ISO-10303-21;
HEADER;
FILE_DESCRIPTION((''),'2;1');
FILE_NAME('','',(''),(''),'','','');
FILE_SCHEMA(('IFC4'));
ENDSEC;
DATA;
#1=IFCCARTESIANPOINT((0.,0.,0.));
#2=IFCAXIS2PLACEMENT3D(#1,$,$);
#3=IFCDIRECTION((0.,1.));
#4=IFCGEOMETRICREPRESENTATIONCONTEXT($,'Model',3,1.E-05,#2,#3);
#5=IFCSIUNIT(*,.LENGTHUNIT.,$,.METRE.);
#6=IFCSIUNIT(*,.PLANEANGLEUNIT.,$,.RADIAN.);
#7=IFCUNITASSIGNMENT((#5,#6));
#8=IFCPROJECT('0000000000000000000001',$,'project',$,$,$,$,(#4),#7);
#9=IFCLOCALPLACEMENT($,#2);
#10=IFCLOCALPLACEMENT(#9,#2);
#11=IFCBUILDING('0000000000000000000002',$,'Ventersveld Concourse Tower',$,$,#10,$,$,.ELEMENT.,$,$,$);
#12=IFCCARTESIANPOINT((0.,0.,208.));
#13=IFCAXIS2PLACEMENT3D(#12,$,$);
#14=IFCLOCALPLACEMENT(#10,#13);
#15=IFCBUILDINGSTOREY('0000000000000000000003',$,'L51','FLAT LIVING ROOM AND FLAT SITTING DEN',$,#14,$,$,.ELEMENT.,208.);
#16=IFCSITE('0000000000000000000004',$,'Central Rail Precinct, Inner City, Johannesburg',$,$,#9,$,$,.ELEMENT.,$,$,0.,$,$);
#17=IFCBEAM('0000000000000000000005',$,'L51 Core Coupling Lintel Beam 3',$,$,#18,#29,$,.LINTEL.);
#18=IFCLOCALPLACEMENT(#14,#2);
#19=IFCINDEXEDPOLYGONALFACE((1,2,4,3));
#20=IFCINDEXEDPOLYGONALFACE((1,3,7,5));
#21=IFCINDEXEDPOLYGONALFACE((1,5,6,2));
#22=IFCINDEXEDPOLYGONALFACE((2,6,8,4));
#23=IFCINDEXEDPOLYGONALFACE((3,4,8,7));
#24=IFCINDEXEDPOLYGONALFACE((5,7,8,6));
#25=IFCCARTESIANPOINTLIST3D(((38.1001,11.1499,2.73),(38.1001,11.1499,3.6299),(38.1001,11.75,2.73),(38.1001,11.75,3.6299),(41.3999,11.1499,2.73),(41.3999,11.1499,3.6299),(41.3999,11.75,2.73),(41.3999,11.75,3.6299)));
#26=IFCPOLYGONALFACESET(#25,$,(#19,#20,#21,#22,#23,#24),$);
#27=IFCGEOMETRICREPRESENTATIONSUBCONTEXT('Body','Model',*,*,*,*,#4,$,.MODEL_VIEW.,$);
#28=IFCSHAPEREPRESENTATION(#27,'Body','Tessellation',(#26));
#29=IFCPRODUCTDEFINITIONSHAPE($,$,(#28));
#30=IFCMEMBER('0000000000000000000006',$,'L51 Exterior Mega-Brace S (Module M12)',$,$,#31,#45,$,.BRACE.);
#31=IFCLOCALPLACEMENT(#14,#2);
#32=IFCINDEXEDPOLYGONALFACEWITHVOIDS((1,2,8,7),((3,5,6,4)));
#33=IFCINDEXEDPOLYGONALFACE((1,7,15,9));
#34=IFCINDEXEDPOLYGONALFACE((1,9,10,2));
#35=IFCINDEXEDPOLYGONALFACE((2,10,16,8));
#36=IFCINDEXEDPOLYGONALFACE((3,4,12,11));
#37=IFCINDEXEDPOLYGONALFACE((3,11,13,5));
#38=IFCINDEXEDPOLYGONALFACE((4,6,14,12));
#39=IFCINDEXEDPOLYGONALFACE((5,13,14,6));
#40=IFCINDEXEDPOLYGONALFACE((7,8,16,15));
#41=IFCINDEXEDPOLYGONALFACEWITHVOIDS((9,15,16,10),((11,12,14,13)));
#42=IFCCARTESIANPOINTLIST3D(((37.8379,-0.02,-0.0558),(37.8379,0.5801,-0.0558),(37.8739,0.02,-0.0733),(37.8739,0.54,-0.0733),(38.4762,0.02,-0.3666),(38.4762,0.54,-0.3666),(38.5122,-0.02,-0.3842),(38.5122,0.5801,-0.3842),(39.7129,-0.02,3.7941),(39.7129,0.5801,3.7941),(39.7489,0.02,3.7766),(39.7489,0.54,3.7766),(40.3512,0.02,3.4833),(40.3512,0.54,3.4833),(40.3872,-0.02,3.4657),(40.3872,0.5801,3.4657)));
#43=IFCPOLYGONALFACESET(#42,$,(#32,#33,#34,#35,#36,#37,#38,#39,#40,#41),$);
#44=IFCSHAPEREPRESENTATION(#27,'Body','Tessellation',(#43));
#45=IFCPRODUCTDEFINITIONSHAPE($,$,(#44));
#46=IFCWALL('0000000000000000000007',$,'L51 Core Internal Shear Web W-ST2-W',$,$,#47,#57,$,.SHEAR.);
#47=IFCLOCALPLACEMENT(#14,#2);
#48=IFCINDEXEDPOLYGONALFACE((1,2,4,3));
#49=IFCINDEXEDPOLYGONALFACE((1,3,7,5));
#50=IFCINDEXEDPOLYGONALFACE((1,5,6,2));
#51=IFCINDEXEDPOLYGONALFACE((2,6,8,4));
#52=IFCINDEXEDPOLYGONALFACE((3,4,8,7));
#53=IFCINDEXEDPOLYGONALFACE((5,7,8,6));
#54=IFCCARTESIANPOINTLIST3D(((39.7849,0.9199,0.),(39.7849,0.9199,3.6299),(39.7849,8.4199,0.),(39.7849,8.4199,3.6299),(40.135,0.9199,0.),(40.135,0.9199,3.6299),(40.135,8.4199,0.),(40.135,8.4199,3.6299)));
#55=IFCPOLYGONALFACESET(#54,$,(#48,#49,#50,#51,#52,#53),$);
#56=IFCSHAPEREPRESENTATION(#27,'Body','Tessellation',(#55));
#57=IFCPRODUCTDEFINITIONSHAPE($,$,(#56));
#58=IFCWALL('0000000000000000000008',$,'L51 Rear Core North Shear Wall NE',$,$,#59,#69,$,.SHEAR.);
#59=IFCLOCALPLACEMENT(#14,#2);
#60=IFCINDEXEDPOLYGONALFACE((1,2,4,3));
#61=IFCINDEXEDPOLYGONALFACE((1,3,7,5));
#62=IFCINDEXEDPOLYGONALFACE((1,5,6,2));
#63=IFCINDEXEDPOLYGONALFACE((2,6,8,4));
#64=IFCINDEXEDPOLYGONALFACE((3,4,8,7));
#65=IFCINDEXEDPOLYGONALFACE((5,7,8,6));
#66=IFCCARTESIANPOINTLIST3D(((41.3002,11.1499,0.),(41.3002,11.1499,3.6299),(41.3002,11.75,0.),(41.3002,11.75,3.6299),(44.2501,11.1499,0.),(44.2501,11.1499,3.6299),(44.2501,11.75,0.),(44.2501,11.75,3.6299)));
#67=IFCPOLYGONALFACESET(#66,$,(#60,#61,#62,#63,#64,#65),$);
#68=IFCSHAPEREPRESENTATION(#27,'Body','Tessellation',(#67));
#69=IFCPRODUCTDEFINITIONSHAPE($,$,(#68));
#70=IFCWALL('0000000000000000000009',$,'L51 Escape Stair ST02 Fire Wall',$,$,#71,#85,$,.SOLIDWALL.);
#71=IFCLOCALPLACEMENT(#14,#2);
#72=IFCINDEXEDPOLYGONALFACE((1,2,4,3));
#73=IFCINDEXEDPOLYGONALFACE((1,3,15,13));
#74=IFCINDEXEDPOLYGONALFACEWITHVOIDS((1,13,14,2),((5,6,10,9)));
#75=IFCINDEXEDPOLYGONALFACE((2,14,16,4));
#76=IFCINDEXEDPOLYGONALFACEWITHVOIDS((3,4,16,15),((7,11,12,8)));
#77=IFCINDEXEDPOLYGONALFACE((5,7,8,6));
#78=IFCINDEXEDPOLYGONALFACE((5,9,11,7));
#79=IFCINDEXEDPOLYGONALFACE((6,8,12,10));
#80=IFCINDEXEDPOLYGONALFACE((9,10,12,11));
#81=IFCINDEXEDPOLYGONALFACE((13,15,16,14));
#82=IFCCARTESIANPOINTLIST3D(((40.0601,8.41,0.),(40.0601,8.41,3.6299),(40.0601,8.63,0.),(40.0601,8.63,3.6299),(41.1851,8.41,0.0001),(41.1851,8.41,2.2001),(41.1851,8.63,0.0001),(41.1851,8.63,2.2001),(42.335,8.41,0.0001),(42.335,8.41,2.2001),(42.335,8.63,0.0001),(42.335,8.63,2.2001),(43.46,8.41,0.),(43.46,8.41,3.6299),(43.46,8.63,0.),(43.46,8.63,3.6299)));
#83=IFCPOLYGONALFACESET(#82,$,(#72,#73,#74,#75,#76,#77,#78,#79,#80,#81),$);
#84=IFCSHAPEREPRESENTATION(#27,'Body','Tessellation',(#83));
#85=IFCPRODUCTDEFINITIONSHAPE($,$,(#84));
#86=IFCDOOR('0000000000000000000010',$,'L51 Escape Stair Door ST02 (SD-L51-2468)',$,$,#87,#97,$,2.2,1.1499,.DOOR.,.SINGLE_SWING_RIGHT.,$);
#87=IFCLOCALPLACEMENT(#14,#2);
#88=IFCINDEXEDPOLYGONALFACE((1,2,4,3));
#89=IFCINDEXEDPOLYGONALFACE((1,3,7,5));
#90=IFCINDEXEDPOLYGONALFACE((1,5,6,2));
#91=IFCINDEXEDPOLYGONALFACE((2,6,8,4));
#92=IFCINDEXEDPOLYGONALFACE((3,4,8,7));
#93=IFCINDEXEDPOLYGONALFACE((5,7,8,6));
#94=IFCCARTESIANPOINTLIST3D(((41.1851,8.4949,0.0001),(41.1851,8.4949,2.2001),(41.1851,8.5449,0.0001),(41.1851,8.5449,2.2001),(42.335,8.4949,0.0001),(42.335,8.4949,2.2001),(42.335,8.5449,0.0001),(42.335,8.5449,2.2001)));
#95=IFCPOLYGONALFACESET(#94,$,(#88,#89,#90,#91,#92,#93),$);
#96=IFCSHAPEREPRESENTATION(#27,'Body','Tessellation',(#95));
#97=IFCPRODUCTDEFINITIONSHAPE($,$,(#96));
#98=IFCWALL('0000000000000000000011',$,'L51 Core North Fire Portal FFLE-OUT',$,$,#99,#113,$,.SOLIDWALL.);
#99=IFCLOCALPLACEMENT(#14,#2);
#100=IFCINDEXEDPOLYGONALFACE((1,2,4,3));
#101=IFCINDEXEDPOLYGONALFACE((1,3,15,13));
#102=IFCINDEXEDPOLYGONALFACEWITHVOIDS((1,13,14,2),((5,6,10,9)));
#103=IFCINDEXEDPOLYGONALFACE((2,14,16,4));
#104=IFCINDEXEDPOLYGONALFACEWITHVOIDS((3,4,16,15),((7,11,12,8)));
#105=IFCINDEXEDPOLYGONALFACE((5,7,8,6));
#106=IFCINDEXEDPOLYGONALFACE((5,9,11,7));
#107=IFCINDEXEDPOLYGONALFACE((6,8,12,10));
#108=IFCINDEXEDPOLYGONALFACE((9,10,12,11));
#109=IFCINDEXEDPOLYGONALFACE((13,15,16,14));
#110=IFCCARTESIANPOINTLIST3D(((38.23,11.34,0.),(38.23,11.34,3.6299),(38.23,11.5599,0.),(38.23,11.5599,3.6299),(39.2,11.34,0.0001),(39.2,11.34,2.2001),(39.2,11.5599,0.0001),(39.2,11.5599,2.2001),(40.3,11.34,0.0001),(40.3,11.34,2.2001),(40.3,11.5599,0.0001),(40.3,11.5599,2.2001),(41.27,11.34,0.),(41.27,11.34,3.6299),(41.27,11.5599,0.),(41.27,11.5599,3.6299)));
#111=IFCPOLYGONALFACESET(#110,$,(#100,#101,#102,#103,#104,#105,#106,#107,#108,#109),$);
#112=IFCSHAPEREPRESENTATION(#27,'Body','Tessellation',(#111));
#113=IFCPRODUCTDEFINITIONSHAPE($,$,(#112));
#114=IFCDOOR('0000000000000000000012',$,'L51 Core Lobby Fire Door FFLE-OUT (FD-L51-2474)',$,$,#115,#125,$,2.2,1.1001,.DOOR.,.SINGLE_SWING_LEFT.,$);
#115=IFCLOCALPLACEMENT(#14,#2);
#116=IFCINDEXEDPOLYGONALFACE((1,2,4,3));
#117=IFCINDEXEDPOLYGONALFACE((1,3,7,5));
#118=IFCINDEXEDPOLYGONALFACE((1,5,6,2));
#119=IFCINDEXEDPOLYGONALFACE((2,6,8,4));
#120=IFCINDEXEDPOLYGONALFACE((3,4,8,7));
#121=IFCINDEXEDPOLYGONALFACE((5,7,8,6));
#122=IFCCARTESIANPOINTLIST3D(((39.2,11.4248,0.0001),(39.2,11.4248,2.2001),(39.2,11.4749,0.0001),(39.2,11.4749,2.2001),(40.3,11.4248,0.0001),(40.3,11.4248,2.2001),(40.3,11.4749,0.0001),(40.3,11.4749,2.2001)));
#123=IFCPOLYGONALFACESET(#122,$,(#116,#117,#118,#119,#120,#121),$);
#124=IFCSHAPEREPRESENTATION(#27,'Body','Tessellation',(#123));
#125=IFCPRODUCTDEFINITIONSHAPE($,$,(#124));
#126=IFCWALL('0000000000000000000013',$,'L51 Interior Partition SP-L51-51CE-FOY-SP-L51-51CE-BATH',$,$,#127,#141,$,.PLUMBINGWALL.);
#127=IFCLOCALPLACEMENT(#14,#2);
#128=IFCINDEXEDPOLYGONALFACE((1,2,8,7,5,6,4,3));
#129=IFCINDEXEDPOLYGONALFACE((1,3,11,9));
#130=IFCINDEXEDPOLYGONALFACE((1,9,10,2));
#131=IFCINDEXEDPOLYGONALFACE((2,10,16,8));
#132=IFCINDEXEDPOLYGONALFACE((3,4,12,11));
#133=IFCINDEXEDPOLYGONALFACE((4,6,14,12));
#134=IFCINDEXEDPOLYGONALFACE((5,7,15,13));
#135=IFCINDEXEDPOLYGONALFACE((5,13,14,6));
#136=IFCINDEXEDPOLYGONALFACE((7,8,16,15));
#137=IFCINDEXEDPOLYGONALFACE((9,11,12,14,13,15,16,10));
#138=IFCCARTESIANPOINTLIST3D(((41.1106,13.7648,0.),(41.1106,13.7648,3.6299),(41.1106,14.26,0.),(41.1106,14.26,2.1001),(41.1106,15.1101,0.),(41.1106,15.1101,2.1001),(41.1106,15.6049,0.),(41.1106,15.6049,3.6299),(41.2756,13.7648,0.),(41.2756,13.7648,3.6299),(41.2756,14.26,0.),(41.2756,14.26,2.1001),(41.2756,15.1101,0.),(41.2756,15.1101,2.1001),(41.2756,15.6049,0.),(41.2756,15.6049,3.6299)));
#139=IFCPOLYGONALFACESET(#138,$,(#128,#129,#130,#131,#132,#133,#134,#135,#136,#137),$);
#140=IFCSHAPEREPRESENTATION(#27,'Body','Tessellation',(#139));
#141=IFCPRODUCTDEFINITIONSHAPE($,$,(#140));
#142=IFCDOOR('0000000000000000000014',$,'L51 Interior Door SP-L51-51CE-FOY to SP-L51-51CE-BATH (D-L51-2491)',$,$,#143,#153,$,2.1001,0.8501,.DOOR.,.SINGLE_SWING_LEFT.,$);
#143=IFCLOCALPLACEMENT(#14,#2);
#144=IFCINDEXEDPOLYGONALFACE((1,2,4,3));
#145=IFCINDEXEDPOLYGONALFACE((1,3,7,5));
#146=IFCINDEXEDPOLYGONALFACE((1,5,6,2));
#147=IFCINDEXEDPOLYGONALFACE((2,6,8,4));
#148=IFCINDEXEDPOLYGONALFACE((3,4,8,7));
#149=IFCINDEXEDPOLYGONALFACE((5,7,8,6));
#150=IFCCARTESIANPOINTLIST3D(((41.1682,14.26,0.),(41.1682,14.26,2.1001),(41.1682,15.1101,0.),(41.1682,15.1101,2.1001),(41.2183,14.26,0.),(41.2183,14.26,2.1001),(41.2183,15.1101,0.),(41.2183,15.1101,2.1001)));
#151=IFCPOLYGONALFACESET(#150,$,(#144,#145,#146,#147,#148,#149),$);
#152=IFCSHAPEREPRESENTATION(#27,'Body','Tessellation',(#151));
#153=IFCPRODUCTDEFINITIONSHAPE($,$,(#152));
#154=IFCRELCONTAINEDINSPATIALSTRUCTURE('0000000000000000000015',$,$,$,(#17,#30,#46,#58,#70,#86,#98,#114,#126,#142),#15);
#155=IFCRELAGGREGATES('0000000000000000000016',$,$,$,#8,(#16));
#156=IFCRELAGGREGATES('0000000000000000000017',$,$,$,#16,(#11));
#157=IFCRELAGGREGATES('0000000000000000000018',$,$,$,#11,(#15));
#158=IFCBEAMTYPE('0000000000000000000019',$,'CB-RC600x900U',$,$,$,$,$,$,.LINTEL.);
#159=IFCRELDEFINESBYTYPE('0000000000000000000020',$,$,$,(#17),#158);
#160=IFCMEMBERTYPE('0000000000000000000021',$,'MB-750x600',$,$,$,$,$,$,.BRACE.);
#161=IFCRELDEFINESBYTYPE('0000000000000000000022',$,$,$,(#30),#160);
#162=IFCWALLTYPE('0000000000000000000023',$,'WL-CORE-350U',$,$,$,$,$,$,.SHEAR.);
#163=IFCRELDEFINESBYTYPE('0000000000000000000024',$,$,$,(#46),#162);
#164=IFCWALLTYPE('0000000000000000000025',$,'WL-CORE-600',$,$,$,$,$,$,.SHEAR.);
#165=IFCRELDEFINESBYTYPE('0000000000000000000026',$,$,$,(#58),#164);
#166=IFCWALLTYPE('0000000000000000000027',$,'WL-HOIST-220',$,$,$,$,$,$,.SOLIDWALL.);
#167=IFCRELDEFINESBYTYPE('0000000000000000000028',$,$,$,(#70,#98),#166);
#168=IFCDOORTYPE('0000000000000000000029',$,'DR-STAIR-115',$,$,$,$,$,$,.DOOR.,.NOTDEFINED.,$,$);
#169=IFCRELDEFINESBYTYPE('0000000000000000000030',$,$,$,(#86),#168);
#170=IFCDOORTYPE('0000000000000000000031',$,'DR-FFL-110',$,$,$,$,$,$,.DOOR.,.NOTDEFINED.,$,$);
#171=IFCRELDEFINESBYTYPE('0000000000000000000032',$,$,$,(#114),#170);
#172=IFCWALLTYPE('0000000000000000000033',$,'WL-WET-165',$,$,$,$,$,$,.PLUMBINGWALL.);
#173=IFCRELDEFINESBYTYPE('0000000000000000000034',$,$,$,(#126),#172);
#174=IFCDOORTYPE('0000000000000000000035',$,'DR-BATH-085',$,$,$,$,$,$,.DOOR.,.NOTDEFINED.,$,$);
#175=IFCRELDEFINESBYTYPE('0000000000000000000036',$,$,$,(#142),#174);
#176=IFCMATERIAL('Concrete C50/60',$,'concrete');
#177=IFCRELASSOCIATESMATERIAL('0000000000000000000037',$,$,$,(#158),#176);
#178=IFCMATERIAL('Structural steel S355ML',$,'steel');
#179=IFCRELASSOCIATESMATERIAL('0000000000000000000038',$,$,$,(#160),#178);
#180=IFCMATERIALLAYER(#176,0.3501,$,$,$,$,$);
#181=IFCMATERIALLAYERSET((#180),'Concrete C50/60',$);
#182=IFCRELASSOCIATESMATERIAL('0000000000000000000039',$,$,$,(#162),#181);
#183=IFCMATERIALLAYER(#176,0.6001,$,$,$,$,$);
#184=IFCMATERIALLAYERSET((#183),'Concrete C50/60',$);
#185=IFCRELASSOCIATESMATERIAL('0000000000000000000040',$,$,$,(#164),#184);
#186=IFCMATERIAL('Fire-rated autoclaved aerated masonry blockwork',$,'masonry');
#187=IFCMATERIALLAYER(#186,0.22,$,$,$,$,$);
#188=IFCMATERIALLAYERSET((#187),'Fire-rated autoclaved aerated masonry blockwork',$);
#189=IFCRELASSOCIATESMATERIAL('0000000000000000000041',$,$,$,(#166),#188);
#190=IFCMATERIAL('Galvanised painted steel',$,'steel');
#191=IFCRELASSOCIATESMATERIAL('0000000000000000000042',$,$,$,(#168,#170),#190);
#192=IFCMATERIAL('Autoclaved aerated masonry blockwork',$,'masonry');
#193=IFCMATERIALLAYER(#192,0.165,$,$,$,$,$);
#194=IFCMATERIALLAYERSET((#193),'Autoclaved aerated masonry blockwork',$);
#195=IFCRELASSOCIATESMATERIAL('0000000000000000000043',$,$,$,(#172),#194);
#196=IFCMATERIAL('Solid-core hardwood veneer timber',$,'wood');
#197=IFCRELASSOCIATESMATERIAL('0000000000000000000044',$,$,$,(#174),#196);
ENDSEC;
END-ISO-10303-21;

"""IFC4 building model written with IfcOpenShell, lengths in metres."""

from ifc_helpers import new_model, si_unit, direction, frame, frame_2d, origin, origin_2d, place, context, subcontext, project, spatial, rectangle, hollow_rectangle, extrude, material, layer, layer_set, material_profile, profile_set, type_object, element, fill, save


model = new_model("IFC4")

# Units and contexts
model_context = context("Model", 3, precision=1e-05, world=origin(), true_north=direction((0.0, 1.0)))
body_context = subcontext(model_context, "Body", "Model", "MODEL_VIEW")
ifc_project = project(units=[si_unit("LENGTHUNIT", "METRE"), si_unit("PLANEANGLEUNIT", "RADIAN")], contexts=[model_context])

# Site, building, storey
site_placement = place(None, origin())
site = spatial("IfcSite", under=ifc_project, at=site_placement, Name="Central Rail Precinct, Inner City, Johannesburg", CompositionType="ELEMENT", RefElevation=0.0)
building_placement = place(site_placement, origin())
building = spatial("IfcBuilding", under=site, at=building_placement, Name="Ventersveld Concourse Tower", CompositionType="ELEMENT")
storey_placement = place(building_placement, frame((0.0, 0.0, 208.0)))
storey = spatial("IfcBuildingStorey", under=building, at=storey_placement, Name="L51", Description="FLAT LIVING ROOM AND FLAT SITTING DEN", CompositionType="ELEMENT", Elevation=208.0)

# Beam
ifc_material_1 = material(Name="Concrete C50/60", Category="concrete")
ifc_material_profile_1 = material_profile(ifc_material_1, rectangle(XDim=0.6001, YDim=0.8999, at=origin_2d()), Name="RC 600x900")
ifc_profile_set_1 = profile_set([ifc_material_profile_1], Name="Concrete C50/60")
beam_type = type_object("IfcBeamType", Name="CB-RC600x900U", PredefinedType="LINTEL", material=ifc_profile_set_1)
beam_placement = place(storey_placement, frame((38.1001, 11.45, 3.1799), z_axis=(1.0, 0.0, 0.0), x_axis=(0.0, 1.0, 0.0)))
element("IfcBeam", 1, at=beam_placement, inside=storey, type_object=beam_type, Name="L51 Core Coupling Lintel Beam 3", PredefinedType="LINTEL", context=body_context, shape_type="SweptSolid", body=[
    extrude(rectangle(XDim=0.6001, YDim=0.8999, at=origin_2d()), origin(), (0.0, 0.0, 1.0), 3.2998),
])

# Member
ifc_material_2 = material(Name="Structural steel S355ML", Category="steel")
ifc_material_profile_2 = material_profile(ifc_material_2, hollow_rectangle(XDim=0.6001, YDim=0.75, WallThickness=0.04, at=origin_2d()), Name="BOX 750x600x40")
ifc_profile_set_2 = profile_set([ifc_material_profile_2], Name="Structural steel S355ML")
member_type = type_object("IfcMemberType", Name="MB-750x600", PredefinedType="BRACE", material=ifc_profile_set_2)
member_placement = place(storey_placement, frame((38.175, 0.28, -0.22), z_axis=(0.437862, 0.0, 0.899042), x_axis=(0.0, 1.0, 0.0)))
element("IfcMember", 2, at=member_placement, inside=storey, type_object=member_type, Name="L51 Exterior Mega-Brace S (Module M12)", PredefinedType="BRACE", context=body_context, shape_type="SweptSolid", body=[
    extrude(hollow_rectangle(XDim=0.6001, YDim=0.75, WallThickness=0.04, at=origin_2d()), origin(), (0.0, 0.0, 1.0), 4.2822),
])

# Walls
ifc_layer_1 = layer(ifc_material_1, 0.3501)
ifc_layer_set_1 = layer_set([ifc_layer_1], Name="Concrete C50/60")
wall_type_1 = type_object("IfcWallType", Name="WL-CORE-350U", PredefinedType="SHEAR", material=ifc_layer_set_1)
wall_1_placement = place(storey_placement, frame((39.96, 0.9199, 0.0), z_axis=(0.0, 0.0, 1.0), x_axis=(0.0, 1.0, 0.0)))
element("IfcWall", 3, at=wall_1_placement, inside=storey, type_object=wall_type_1, Name="L51 Core Internal Shear Web W-ST2-W", PredefinedType="SHEAR", context=body_context, shape_type="SweptSolid", body=[
    extrude(rectangle(XDim=7.5, YDim=0.3501, at=frame_2d((3.75, 0.0))), origin(), (0.0, 0.0, 1.0), 3.6299),
])
ifc_layer_2 = layer(ifc_material_1, 0.6001)
ifc_layer_set_2 = layer_set([ifc_layer_2], Name="Concrete C50/60")
wall_type_2 = type_object("IfcWallType", Name="WL-CORE-600", PredefinedType="SHEAR", material=ifc_layer_set_2)
wall_2_placement = place(storey_placement, frame((41.3, 11.45, 0.0), z_axis=(0.0, 0.0, 1.0), x_axis=(1.0, 0.0, 0.0)))
element("IfcWall", 4, at=wall_2_placement, inside=storey, type_object=wall_type_2, Name="L51 Rear Core North Shear Wall NE", PredefinedType="SHEAR", context=body_context, shape_type="SweptSolid", body=[
    extrude(rectangle(XDim=2.95, YDim=0.6001, at=frame_2d((1.4751, 0.0))), origin(), (0.0, 0.0, 1.0), 3.6299),
])

# Walls, openings, doors
ifc_material_3 = material(Name="Fire-rated autoclaved aerated masonry blockwork", Category="masonry")
ifc_material_4 = material(Name="Solid-core hardwood veneer timber", Category="wood")
ifc_layer_3 = layer(ifc_material_3, 0.22)
ifc_layer_set_3 = layer_set([ifc_layer_3], Name="Fire-rated autoclaved aerated masonry blockwork")
wall_type_3 = type_object("IfcWallType", Name="WL-HOIST-220", PredefinedType="SOLIDWALL", material=ifc_layer_set_3)
wall_3_placement = place(storey_placement, frame((40.0601, 8.52, 0.0), z_axis=(0.0, 0.0, 1.0), x_axis=(1.0, 0.0, 0.0)))
wall_3 = element("IfcWall", 5, at=wall_3_placement, inside=storey, type_object=wall_type_3, Name="L51 Escape Stair ST02 Fire Wall", PredefinedType="SOLIDWALL", context=body_context, shape_type="SweptSolid", body=[
    extrude(rectangle(XDim=3.3999, YDim=0.22, at=frame_2d((1.7, 0.0))), origin(), (0.0, 0.0, 1.0), 3.6299),
])
opening_1_placement = place(wall_3_placement, frame((1.125, 0.0, 0.0)))
opening_1 = element("IfcOpeningElement", 6, at=opening_1_placement, cuts=wall_3, PredefinedType="OPENING", context=body_context, shape_type="SweptSolid", body=[
    extrude(rectangle(XDim=1.1499, YDim=2.2, at=frame_2d((0.575, 1.1001))), frame((0.0, 0.1201, 0.0), z_axis=(0.0, -1.0, 0.0), x_axis=(1.0, 0.0, 0.0)), (0.0, 0.0, 1.0), 0.24),
])
ifc_material_5 = material(Name="Galvanised painted steel", Category="steel")
door_type_1 = type_object("IfcDoorType", Name="DR-STAIR-115", OperationType="NOTDEFINED", PredefinedType="DOOR", material=ifc_material_5)
door_1_placement = place(opening_1_placement, origin())
door_1 = element("IfcDoor", 7, at=door_1_placement, inside=storey, type_object=door_type_1, Name="L51 Escape Stair Door ST02 (SD-L51-2468)", OperationType="SINGLE_SWING_RIGHT", OverallHeight=2.2, OverallWidth=1.1499, PredefinedType="DOOR", context=body_context, shape_type="SweptSolid", body=[
    extrude(rectangle(XDim=1.1499, YDim=2.2, at=frame_2d((0.575, 1.1001))), frame((0.0, 0.0249, 0.0), z_axis=(0.0, -1.0, 0.0), x_axis=(1.0, 0.0, 0.0)), (0.0, 0.0, 1.0), 0.05),
])
fill(opening_1, door_1)
wall_4_placement = place(storey_placement, frame((38.23, 11.45, 0.0), z_axis=(0.0, 0.0, 1.0), x_axis=(1.0, 0.0, 0.0)))
wall_4 = element("IfcWall", 8, at=wall_4_placement, inside=storey, type_object=wall_type_3, Name="L51 Core North Fire Portal FFLE-OUT", PredefinedType="SOLIDWALL", context=body_context, shape_type="SweptSolid", body=[
    extrude(rectangle(XDim=3.04, YDim=0.22, at=frame_2d((1.52, 0.0))), origin(), (0.0, 0.0, 1.0), 3.6299),
])
opening_2_placement = place(wall_4_placement, frame((0.97, 0.0, 0.0)))
opening_2 = element("IfcOpeningElement", 9, at=opening_2_placement, cuts=wall_4, PredefinedType="OPENING", context=body_context, shape_type="SweptSolid", body=[
    extrude(rectangle(XDim=1.1001, YDim=2.2, at=frame_2d((0.55, 1.1001))), frame((0.0, 0.1201, 0.0), z_axis=(0.0, -1.0, 0.0), x_axis=(1.0, 0.0, 0.0)), (0.0, 0.0, 1.0), 0.24),
])
door_type_2 = type_object("IfcDoorType", Name="DR-FFL-110", OperationType="NOTDEFINED", PredefinedType="DOOR", material=ifc_material_5)
door_2_placement = place(opening_2_placement, origin())
door_2 = element("IfcDoor", 10, at=door_2_placement, inside=storey, type_object=door_type_2, Name="L51 Core Lobby Fire Door FFLE-OUT (FD-L51-2474)", OperationType="SINGLE_SWING_LEFT", OverallHeight=2.2, OverallWidth=1.1001, PredefinedType="DOOR", context=body_context, shape_type="SweptSolid", body=[
    extrude(rectangle(XDim=1.1001, YDim=2.2, at=frame_2d((0.55, 1.1001))), frame((0.0, 0.0249, 0.0), z_axis=(0.0, -1.0, 0.0), x_axis=(1.0, 0.0, 0.0)), (0.0, 0.0, 1.0), 0.05),
])
fill(opening_2, door_2)
ifc_material_6 = material(Name="Autoclaved aerated masonry blockwork", Category="masonry")
ifc_layer_4 = layer(ifc_material_6, 0.165)
ifc_layer_set_4 = layer_set([ifc_layer_4], Name="Autoclaved aerated masonry blockwork")
wall_type_4 = type_object("IfcWallType", Name="WL-WET-165", PredefinedType="PLUMBINGWALL", material=ifc_layer_set_4)
wall_5_placement = place(storey_placement, frame((41.1931, 13.7649, 0.0), z_axis=(0.0, 0.0, 1.0), x_axis=(0.0, 1.0, 0.0)))
wall_5 = element("IfcWall", 11, at=wall_5_placement, inside=storey, type_object=wall_type_4, Name="L51 Interior Partition SP-L51-51CE-FOY-SP-L51-51CE-BATH", PredefinedType="PLUMBINGWALL", context=body_context, shape_type="SweptSolid", body=[
    extrude(rectangle(XDim=1.8401, YDim=0.165, at=frame_2d((0.9199, 0.0))), origin(), (0.0, 0.0, 1.0), 3.6299),
])
opening_3_placement = place(wall_5_placement, frame((0.4951, 0.0, 0.0)))
opening_3 = element("IfcOpeningElement", 12, at=opening_3_placement, cuts=wall_5, PredefinedType="OPENING", context=body_context, shape_type="SweptSolid", body=[
    extrude(rectangle(XDim=0.8501, YDim=2.1001, at=frame_2d((0.425, 1.05))), frame((0.0, 0.0925, 0.0), z_axis=(0.0, -1.0, 0.0), x_axis=(1.0, 0.0, 0.0)), (0.0, 0.0, 1.0), 0.1851),
])
door_type_3 = type_object("IfcDoorType", Name="DR-BATH-085", OperationType="NOTDEFINED", PredefinedType="DOOR", material=ifc_material_4)
door_3_placement = place(opening_3_placement, origin())
door_3 = element("IfcDoor", 13, at=door_3_placement, inside=storey, type_object=door_type_3, Name="L51 Interior Door SP-L51-51CE-FOY to SP-L51-51CE-BATH (D-L51-2491)", OperationType="SINGLE_SWING_LEFT", OverallHeight=2.1001, OverallWidth=0.8501, PredefinedType="DOOR", context=body_context, shape_type="SweptSolid", body=[
    extrude(rectangle(XDim=0.8501, YDim=2.1001, at=frame_2d((0.425, 1.05))), frame((0.0, 0.0249, 0.0), z_axis=(0.0, -1.0, 0.0), x_axis=(1.0, 0.0, 0.0)), (0.0, 0.0, 1.0), 0.05),
])
fill(opening_3, door_3)

save(model, "model.ifc")
